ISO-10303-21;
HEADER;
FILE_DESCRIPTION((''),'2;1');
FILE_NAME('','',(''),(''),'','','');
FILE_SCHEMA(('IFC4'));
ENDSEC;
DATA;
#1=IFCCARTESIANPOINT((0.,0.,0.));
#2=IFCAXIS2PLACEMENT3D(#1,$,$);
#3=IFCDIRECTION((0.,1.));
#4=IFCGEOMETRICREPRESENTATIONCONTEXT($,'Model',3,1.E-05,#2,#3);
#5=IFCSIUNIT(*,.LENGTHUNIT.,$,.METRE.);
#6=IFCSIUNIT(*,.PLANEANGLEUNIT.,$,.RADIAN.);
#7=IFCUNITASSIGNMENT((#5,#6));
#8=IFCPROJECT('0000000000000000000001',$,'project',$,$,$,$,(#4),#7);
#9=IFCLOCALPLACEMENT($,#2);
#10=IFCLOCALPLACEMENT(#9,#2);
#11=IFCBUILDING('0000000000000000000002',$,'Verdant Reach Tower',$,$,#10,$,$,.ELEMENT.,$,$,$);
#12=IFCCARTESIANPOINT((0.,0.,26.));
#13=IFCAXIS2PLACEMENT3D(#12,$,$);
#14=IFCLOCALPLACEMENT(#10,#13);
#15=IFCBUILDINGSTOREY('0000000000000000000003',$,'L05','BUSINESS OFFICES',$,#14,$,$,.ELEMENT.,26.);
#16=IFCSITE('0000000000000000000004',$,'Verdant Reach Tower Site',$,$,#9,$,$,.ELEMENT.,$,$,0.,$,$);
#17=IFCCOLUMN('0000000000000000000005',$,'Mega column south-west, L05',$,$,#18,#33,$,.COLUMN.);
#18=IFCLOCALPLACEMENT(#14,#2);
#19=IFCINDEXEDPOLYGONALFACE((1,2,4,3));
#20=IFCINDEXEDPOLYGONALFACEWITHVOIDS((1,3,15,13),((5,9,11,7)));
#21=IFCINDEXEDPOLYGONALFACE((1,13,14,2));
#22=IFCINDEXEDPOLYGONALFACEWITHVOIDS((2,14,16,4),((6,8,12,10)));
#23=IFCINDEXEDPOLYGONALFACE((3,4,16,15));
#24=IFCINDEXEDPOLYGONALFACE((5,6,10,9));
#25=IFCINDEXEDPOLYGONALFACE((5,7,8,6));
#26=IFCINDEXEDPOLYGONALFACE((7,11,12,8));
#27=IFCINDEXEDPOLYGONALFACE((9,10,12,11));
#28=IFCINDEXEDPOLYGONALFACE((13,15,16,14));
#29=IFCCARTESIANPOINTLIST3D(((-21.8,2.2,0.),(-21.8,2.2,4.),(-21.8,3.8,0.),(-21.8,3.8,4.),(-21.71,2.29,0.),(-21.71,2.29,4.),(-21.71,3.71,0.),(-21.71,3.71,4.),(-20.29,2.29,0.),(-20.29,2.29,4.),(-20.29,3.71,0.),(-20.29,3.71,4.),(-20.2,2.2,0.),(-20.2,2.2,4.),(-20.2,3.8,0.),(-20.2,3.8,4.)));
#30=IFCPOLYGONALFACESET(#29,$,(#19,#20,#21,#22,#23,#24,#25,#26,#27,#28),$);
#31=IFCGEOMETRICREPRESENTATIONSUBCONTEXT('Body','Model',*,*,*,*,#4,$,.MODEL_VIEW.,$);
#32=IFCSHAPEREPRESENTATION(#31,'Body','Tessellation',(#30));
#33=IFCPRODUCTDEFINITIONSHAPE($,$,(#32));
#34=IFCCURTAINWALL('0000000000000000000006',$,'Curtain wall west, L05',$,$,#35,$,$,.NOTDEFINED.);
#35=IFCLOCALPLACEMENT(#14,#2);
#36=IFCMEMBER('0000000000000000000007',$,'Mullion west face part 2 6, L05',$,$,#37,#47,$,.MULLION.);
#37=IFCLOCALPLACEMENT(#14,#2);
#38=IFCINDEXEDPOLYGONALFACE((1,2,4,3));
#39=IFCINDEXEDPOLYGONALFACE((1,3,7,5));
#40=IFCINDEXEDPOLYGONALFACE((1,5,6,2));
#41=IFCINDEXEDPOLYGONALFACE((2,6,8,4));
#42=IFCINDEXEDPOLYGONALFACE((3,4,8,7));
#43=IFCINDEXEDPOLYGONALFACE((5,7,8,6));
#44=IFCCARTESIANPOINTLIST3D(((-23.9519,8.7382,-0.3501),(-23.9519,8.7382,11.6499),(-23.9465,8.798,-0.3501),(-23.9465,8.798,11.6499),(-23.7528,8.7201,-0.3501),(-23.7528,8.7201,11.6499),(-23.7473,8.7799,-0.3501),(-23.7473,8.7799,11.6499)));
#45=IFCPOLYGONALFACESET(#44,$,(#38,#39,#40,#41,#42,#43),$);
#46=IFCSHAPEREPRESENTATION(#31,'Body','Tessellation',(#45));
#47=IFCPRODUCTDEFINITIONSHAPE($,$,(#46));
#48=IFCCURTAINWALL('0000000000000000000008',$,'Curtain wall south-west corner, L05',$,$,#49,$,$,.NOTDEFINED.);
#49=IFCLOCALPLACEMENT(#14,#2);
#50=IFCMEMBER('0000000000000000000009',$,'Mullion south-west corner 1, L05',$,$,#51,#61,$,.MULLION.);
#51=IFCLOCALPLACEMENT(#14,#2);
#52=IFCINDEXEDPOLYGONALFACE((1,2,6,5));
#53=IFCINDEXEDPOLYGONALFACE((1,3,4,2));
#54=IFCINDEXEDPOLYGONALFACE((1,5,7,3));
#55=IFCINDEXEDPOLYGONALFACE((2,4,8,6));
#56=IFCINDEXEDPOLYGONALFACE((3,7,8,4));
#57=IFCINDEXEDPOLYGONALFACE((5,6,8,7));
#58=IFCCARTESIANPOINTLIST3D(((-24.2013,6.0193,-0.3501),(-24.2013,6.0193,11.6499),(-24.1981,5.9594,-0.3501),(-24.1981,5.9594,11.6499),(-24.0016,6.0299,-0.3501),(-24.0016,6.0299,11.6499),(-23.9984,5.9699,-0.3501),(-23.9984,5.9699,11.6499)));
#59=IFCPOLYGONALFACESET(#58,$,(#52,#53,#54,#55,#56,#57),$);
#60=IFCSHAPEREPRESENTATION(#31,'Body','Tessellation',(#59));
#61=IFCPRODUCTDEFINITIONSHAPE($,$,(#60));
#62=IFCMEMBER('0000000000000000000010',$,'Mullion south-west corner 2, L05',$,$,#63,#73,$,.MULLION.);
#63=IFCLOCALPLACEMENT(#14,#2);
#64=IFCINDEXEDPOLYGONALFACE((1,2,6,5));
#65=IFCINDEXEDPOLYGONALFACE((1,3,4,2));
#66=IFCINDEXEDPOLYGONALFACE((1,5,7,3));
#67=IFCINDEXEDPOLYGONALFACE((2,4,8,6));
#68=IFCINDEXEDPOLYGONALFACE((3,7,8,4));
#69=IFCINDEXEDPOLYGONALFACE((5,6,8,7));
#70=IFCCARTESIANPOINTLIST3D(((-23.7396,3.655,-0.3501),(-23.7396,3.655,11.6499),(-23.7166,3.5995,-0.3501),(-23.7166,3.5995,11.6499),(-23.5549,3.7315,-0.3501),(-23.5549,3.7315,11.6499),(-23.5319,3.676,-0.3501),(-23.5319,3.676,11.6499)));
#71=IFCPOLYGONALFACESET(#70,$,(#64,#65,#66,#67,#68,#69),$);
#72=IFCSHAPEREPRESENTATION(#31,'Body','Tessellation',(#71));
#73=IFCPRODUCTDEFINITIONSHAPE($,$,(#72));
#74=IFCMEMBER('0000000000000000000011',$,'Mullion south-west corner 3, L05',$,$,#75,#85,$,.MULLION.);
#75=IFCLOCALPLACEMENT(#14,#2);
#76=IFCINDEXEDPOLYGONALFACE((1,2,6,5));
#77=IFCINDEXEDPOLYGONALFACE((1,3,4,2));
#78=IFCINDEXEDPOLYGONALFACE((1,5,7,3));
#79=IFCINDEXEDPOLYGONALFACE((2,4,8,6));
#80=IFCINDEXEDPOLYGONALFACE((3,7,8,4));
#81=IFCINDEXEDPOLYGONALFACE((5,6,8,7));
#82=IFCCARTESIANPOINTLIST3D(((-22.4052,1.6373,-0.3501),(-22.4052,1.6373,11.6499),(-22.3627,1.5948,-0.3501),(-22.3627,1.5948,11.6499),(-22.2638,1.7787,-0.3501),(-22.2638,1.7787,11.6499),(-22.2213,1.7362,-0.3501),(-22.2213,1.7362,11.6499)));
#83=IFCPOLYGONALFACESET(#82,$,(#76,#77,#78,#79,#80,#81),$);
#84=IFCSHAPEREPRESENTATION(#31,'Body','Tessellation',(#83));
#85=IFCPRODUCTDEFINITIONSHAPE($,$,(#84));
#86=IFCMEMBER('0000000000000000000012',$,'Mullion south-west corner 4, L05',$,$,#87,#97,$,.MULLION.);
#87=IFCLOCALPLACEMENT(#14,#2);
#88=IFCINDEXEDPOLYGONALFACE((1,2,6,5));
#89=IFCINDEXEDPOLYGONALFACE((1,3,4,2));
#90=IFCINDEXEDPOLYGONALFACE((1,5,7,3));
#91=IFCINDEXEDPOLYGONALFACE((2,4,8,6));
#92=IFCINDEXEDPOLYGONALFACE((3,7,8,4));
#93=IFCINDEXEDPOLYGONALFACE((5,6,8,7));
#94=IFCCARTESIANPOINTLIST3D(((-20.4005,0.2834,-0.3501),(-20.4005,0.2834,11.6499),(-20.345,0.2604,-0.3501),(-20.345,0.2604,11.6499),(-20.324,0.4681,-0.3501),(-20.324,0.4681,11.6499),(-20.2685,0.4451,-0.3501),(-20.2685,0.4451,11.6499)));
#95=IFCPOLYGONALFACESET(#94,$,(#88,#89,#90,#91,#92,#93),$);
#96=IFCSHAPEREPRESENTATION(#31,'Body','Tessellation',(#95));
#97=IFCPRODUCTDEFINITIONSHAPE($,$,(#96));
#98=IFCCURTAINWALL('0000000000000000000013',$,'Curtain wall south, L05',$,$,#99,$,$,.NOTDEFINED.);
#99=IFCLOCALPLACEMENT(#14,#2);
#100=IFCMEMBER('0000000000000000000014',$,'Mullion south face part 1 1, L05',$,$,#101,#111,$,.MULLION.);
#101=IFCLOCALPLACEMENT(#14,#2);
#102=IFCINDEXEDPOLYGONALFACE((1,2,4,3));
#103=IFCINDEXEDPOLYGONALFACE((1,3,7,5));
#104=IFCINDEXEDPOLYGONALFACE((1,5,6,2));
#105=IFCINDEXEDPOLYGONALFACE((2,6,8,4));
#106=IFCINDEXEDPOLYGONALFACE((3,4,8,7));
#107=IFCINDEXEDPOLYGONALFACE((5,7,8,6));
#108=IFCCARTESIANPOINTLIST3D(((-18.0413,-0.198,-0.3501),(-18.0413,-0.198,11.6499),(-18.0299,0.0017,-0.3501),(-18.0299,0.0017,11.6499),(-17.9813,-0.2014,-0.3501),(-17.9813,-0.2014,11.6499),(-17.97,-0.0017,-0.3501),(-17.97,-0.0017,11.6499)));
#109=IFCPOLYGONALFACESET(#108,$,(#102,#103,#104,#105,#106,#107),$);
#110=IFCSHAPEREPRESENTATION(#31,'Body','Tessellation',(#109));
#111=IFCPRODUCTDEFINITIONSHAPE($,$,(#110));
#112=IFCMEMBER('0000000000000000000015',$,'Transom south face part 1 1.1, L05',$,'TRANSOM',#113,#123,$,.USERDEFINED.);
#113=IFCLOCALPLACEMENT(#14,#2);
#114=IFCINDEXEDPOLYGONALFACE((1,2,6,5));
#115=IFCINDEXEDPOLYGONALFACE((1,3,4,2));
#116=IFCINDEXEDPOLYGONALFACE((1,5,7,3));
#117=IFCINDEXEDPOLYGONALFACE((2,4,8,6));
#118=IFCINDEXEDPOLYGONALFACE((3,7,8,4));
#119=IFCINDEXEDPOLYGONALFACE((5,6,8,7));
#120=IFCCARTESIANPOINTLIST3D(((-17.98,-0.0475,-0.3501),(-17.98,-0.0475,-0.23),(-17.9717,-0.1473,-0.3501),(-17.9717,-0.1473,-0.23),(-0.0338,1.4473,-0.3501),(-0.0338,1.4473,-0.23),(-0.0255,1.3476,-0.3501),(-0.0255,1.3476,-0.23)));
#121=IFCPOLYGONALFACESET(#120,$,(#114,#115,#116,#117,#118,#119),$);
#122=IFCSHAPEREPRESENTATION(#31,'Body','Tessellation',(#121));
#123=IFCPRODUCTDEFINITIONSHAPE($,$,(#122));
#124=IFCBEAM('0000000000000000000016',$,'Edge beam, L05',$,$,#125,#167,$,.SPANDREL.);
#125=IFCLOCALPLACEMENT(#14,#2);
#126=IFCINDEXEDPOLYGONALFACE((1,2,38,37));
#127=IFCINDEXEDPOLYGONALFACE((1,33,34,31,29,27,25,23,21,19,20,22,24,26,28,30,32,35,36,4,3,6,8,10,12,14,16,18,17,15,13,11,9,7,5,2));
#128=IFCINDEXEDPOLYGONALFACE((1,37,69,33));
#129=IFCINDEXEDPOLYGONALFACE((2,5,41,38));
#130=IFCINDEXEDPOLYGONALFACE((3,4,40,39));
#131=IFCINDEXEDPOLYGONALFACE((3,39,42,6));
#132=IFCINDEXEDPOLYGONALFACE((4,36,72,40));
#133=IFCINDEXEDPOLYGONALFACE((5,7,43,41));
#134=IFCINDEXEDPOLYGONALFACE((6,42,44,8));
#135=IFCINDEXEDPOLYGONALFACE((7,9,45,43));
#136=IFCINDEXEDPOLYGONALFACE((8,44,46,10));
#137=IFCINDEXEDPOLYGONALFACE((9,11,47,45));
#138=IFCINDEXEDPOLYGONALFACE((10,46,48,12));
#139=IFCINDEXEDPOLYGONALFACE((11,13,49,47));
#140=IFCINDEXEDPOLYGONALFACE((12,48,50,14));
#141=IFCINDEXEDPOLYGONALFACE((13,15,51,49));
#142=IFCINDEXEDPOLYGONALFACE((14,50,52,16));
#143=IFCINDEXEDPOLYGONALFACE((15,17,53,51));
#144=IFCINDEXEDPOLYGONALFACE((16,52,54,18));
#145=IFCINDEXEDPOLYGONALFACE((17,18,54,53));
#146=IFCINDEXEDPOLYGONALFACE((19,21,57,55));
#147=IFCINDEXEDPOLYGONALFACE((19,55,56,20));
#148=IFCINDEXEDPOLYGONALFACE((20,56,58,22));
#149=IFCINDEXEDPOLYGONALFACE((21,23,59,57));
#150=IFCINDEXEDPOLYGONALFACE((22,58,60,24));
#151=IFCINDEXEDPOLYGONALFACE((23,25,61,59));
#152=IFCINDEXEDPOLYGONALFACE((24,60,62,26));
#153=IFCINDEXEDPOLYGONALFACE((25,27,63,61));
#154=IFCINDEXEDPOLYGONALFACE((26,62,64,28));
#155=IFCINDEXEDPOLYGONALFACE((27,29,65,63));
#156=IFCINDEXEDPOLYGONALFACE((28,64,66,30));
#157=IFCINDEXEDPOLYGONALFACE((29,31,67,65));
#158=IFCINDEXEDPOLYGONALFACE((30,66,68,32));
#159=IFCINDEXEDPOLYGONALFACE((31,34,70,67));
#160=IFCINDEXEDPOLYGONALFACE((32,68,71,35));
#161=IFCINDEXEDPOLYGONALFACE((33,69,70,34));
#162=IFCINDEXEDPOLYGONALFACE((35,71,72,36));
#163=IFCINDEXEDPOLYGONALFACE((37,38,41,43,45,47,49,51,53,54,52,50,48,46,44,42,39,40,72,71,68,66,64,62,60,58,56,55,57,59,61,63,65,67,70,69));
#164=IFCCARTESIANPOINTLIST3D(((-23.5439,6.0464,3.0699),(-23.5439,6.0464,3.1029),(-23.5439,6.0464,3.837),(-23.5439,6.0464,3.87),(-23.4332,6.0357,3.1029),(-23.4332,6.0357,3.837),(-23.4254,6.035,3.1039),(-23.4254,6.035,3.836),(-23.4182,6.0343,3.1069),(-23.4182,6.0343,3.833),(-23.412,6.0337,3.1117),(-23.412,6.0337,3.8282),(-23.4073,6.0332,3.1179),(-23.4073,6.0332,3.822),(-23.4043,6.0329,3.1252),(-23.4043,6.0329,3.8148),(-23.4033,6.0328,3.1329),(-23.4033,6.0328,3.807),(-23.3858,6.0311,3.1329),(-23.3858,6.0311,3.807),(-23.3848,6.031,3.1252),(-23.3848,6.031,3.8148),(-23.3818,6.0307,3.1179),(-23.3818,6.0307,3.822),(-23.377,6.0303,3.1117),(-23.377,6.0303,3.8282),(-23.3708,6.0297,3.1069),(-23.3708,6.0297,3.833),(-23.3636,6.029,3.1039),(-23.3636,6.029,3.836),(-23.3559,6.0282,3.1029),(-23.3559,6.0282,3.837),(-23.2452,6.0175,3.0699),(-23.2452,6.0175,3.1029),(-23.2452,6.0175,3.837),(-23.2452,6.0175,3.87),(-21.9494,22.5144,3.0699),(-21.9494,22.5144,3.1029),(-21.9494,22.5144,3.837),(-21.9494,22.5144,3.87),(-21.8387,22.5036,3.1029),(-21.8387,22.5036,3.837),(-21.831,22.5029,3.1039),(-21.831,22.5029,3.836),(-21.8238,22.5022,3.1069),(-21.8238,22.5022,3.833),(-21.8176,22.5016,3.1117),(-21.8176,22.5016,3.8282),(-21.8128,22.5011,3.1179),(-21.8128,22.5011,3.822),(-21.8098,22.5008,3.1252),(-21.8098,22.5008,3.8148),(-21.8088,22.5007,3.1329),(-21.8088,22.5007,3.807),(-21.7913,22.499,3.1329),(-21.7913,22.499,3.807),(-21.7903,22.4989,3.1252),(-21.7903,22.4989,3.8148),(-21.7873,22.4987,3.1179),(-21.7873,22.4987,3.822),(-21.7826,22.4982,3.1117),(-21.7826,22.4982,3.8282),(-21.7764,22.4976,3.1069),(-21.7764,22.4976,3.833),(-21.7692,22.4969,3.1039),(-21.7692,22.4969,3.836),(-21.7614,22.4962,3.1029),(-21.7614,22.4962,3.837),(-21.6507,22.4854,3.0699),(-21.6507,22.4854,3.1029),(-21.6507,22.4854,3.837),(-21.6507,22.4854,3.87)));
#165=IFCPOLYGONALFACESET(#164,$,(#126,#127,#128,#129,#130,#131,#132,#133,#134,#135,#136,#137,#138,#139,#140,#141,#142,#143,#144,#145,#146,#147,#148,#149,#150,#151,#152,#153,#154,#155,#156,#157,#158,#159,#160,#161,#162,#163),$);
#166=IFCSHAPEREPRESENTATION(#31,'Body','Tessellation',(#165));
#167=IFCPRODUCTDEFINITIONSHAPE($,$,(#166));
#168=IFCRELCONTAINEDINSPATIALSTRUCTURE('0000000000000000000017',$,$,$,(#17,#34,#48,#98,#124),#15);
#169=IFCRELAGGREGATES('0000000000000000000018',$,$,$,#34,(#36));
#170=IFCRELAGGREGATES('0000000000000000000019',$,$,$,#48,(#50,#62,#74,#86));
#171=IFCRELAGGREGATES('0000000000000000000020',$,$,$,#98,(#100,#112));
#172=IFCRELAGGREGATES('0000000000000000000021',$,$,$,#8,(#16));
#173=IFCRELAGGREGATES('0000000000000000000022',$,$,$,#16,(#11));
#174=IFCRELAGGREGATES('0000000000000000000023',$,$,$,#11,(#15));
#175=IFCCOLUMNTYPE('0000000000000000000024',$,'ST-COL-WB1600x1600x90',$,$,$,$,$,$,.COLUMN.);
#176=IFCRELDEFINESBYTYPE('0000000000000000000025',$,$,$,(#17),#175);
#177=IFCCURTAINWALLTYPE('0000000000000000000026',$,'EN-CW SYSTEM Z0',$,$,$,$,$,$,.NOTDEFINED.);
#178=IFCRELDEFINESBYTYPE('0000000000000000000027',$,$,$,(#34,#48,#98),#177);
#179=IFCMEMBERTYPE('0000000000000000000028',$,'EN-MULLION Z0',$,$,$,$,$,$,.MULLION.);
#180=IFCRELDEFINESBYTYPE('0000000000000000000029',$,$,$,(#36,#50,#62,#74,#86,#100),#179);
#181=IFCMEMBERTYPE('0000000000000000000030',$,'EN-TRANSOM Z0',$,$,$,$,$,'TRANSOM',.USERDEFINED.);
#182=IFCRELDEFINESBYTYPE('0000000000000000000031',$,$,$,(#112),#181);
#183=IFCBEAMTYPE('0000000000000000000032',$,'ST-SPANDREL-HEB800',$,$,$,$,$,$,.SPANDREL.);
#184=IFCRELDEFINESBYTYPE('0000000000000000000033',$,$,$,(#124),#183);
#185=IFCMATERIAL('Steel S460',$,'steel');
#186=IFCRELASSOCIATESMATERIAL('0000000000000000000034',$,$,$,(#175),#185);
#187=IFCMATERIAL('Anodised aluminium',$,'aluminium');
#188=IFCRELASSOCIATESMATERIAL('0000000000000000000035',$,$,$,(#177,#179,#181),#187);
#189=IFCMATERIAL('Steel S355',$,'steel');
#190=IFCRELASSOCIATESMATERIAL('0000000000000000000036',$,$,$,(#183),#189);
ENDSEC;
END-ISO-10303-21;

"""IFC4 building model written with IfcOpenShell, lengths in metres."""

from ifc_helpers import new_model, si_unit, direction, frame, origin, origin_2d, place, context, subcontext, project, spatial, rectangle, hollow_rectangle, i_section, extrude, material, material_profile, profile_set, type_object, element, aggregate, save


model = new_model("IFC4")

# Units and contexts
model_context = context("Model", 3, precision=1e-05, world=origin(), true_north=direction((0.0, 1.0)))
body_context = subcontext(model_context, "Body", "Model", "MODEL_VIEW")
ifc_project = project(units=[si_unit("LENGTHUNIT", "METRE"), si_unit("PLANEANGLEUNIT", "RADIAN")], contexts=[model_context])

# Site, building, storey
site_placement = place(None, origin())
site = spatial("IfcSite", under=ifc_project, at=site_placement, Name="Verdant Reach Tower Site", CompositionType="ELEMENT", RefElevation=0.0)
building_placement = place(site_placement, origin())
building = spatial("IfcBuilding", under=site, at=building_placement, Name="Verdant Reach Tower", CompositionType="ELEMENT")
storey_placement = place(building_placement, frame((0.0, 0.0, 26.0)))
storey = spatial("IfcBuildingStorey", under=building, at=storey_placement, Name="L05", Description="BUSINESS OFFICES", CompositionType="ELEMENT", Elevation=26.0)

# Column
ifc_material_1 = material(Name="Steel S460", Category="steel")
ifc_material_profile_1 = material_profile(ifc_material_1, hollow_rectangle(XDim=1.6001, YDim=1.6001, WallThickness=0.0901, at=origin_2d()), Name="WB 1600x1600x90")
ifc_profile_set_1 = profile_set([ifc_material_profile_1], Name="Steel S460")
column_type = type_object("IfcColumnType", Name="ST-COL-WB1600x1600x90", PredefinedType="COLUMN", material=ifc_profile_set_1)
column_placement = place(storey_placement, frame((-21.0, 3.0, 0.0), z_axis=(0.0, 0.0, 1.0), x_axis=(1.0, 0.0, 0.0)))
element("IfcColumn", 1, at=column_placement, inside=storey, type_object=column_type, Name="Mega column south-west, L05", PredefinedType="COLUMN", context=body_context, shape_type="SweptSolid", body=[
    extrude(hollow_rectangle(XDim=1.6001, YDim=1.6001, WallThickness=0.0901, at=origin_2d()), origin(), (0.0, 0.0, 1.0), 4.0),
])

# Curtain wall, member
ifc_material_2 = material(Name="Anodised aluminium", Category="aluminium")
curtain_wall_type = type_object("IfcCurtainWallType", Name="EN-CW SYSTEM Z0", PredefinedType="NOTDEFINED", material=ifc_material_2)
curtain_wall_1_placement = place(storey_placement, origin())
curtain_wall_1 = element("IfcCurtainWall", 2, at=curtain_wall_1_placement, inside=storey, type_object=curtain_wall_type, Name="Curtain wall west, L05", PredefinedType="NOTDEFINED")
ifc_material_profile_2 = material_profile(ifc_material_2, rectangle(XDim=0.2, YDim=0.0601, at=origin_2d()), Name="Mullion 60x200")
ifc_profile_set_2 = profile_set([ifc_material_profile_2], Name="Anodised aluminium")
member_type_1 = type_object("IfcMemberType", Name="EN-MULLION Z0", PredefinedType="MULLION", material=ifc_profile_set_2)
member_1_placement = place(storey_placement, frame((-23.8496, 8.759, -0.3501), z_axis=(0.0, 0.0, 1.0), x_axis=(-0.995893, 0.090536, 0.0)))
member_1 = element("IfcMember", 3, at=member_1_placement, type_object=member_type_1, Name="Mullion west face part 2 6, L05", PredefinedType="MULLION", context=body_context, shape_type="SweptSolid", body=[
    extrude(rectangle(XDim=0.2, YDim=0.0601, at=origin_2d()), origin(), (0.0, 0.0, 1.0), 12.0),
])

# Curtain walls, members
curtain_wall_2_placement = place(storey_placement, origin())
curtain_wall_2 = element("IfcCurtainWall", 4, at=curtain_wall_2_placement, inside=storey, type_object=curtain_wall_type, Name="Curtain wall south-west corner, L05", PredefinedType="NOTDEFINED")
member_2_placement = place(storey_placement, frame((-24.0999, 5.9946, -0.3501), z_axis=(0.0, 0.0, 1.0), x_axis=(-0.998604, -0.052815, 0.0)))
member_2 = element("IfcMember", 5, at=member_2_placement, type_object=member_type_1, Name="Mullion south-west corner 1, L05", PredefinedType="MULLION", context=body_context, shape_type="SweptSolid", body=[
    extrude(rectangle(XDim=0.2, YDim=0.0601, at=origin_2d()), origin(), (0.0, 0.0, 1.0), 12.0),
])
member_3_placement = place(storey_placement, frame((-23.6357, 3.6655, -0.3501), z_axis=(0.0, 0.0, 1.0), x_axis=(-0.923875, -0.382694, 0.0)))
member_3 = element("IfcMember", 6, at=member_3_placement, type_object=member_type_1, Name="Mullion south-west corner 2, L05", PredefinedType="MULLION", context=body_context, shape_type="SweptSolid", body=[
    extrude(rectangle(XDim=0.2, YDim=0.0601, at=origin_2d()), origin(), (0.0, 0.0, 1.0), 12.0),
])
member_4_placement = place(storey_placement, frame((-22.3132, 1.6868, -0.3501), z_axis=(0.0, 0.0, 1.0), x_axis=(-0.707107, -0.707107, 0.0)))
member_4 = element("IfcMember", 7, at=member_4_placement, type_object=member_type_1, Name="Mullion south-west corner 3, L05", PredefinedType="MULLION", context=body_context, shape_type="SweptSolid", body=[
    extrude(rectangle(XDim=0.2, YDim=0.0601, at=origin_2d()), origin(), (0.0, 0.0, 1.0), 12.0),
])
member_5_placement = place(storey_placement, frame((-20.3345, 0.3643, -0.3501), z_axis=(0.0, 0.0, 1.0), x_axis=(-0.382694, -0.923875, 0.0)))
member_5 = element("IfcMember", 8, at=member_5_placement, type_object=member_type_1, Name="Mullion south-west corner 4, L05", PredefinedType="MULLION", context=body_context, shape_type="SweptSolid", body=[
    extrude(rectangle(XDim=0.2, YDim=0.0601, at=origin_2d()), origin(), (0.0, 0.0, 1.0), 12.0),
])
curtain_wall_3_placement = place(storey_placement, origin())
curtain_wall_3 = element("IfcCurtainWall", 9, at=curtain_wall_3_placement, inside=storey, type_object=curtain_wall_type, Name="Curtain wall south, L05", PredefinedType="NOTDEFINED")
member_6_placement = place(storey_placement, frame((-18.0056, -0.0999, -0.3501), z_axis=(0.0, 0.0, 1.0), x_axis=(-0.056569, -0.998399, 0.0)))
member_6 = element("IfcMember", 10, at=member_6_placement, type_object=member_type_1, Name="Mullion south face part 1 1, L05", PredefinedType="MULLION", context=body_context, shape_type="SweptSolid", body=[
    extrude(rectangle(XDim=0.2, YDim=0.0601, at=origin_2d()), origin(), (0.0, 0.0, 1.0), 12.0),
])
ifc_material_profile_3 = material_profile(ifc_material_2, rectangle(XDim=0.1001, YDim=0.1201, at=origin_2d()), Name="Transom 120x100")
ifc_profile_set_3 = profile_set([ifc_material_profile_3], Name="Anodised aluminium")
member_type_2 = type_object("IfcMemberType", Name="EN-TRANSOM Z0", ElementType="TRANSOM", PredefinedType="USERDEFINED", material=ifc_profile_set_3)
member_7_placement = place(storey_placement, frame((-17.9758, -0.0974, -0.29), z_axis=(0.996549, 0.083011, 0.0), x_axis=(-0.083011, 0.996549, 0.0)))
member_7 = element("IfcMember", 11, at=member_7_placement, type_object=member_type_2, Name="Transom south face part 1 1.1, L05", ObjectType="TRANSOM", PredefinedType="USERDEFINED", context=body_context, shape_type="SweptSolid", body=[
    extrude(rectangle(XDim=0.1001, YDim=0.1201, at=origin_2d()), origin(), (0.0, 0.0, 1.0), 18.0083),
])

# Beam
ifc_material_3 = material(Name="Steel S355", Category="steel")
ifc_material_profile_4 = material_profile(ifc_material_3, i_section(OverallWidth=0.3, OverallDepth=0.8, WebThickness=0.0176, FlangeThickness=0.033, FilletRadius=0.03, at=origin_2d()), Name="HEB 800")
ifc_profile_set_4 = profile_set([ifc_material_profile_4], Name="Steel S355")
beam_type_1 = type_object("IfcBeamType", Name="ST-SPANDREL-HEB800", PredefinedType="SPANDREL", material=ifc_profile_set_4)
beam_1_placement = place(storey_placement, frame((-23.3945, 6.032, 3.47), z_axis=(0.096372, 0.995345, 0.0), x_axis=(-0.995345, 0.096372, 0.0)))
element("IfcBeam", 12, at=beam_1_placement, inside=storey, type_object=beam_type_1, Name="Edge beam, L05", PredefinedType="SPANDREL", context=body_context, shape_type="SweptSolid", body=[
    extrude(i_section(OverallWidth=0.3, OverallDepth=0.8, WebThickness=0.0176, FlangeThickness=0.033, FilletRadius=0.03, at=origin_2d()), origin(), (0.0, 0.0, 1.0), 16.5449),
])

aggregate(curtain_wall_1, [member_1])
aggregate(curtain_wall_2, [member_2, member_3, member_4, member_5])
aggregate(curtain_wall_3, [member_6, member_7])

save(model, "model.ifc")
